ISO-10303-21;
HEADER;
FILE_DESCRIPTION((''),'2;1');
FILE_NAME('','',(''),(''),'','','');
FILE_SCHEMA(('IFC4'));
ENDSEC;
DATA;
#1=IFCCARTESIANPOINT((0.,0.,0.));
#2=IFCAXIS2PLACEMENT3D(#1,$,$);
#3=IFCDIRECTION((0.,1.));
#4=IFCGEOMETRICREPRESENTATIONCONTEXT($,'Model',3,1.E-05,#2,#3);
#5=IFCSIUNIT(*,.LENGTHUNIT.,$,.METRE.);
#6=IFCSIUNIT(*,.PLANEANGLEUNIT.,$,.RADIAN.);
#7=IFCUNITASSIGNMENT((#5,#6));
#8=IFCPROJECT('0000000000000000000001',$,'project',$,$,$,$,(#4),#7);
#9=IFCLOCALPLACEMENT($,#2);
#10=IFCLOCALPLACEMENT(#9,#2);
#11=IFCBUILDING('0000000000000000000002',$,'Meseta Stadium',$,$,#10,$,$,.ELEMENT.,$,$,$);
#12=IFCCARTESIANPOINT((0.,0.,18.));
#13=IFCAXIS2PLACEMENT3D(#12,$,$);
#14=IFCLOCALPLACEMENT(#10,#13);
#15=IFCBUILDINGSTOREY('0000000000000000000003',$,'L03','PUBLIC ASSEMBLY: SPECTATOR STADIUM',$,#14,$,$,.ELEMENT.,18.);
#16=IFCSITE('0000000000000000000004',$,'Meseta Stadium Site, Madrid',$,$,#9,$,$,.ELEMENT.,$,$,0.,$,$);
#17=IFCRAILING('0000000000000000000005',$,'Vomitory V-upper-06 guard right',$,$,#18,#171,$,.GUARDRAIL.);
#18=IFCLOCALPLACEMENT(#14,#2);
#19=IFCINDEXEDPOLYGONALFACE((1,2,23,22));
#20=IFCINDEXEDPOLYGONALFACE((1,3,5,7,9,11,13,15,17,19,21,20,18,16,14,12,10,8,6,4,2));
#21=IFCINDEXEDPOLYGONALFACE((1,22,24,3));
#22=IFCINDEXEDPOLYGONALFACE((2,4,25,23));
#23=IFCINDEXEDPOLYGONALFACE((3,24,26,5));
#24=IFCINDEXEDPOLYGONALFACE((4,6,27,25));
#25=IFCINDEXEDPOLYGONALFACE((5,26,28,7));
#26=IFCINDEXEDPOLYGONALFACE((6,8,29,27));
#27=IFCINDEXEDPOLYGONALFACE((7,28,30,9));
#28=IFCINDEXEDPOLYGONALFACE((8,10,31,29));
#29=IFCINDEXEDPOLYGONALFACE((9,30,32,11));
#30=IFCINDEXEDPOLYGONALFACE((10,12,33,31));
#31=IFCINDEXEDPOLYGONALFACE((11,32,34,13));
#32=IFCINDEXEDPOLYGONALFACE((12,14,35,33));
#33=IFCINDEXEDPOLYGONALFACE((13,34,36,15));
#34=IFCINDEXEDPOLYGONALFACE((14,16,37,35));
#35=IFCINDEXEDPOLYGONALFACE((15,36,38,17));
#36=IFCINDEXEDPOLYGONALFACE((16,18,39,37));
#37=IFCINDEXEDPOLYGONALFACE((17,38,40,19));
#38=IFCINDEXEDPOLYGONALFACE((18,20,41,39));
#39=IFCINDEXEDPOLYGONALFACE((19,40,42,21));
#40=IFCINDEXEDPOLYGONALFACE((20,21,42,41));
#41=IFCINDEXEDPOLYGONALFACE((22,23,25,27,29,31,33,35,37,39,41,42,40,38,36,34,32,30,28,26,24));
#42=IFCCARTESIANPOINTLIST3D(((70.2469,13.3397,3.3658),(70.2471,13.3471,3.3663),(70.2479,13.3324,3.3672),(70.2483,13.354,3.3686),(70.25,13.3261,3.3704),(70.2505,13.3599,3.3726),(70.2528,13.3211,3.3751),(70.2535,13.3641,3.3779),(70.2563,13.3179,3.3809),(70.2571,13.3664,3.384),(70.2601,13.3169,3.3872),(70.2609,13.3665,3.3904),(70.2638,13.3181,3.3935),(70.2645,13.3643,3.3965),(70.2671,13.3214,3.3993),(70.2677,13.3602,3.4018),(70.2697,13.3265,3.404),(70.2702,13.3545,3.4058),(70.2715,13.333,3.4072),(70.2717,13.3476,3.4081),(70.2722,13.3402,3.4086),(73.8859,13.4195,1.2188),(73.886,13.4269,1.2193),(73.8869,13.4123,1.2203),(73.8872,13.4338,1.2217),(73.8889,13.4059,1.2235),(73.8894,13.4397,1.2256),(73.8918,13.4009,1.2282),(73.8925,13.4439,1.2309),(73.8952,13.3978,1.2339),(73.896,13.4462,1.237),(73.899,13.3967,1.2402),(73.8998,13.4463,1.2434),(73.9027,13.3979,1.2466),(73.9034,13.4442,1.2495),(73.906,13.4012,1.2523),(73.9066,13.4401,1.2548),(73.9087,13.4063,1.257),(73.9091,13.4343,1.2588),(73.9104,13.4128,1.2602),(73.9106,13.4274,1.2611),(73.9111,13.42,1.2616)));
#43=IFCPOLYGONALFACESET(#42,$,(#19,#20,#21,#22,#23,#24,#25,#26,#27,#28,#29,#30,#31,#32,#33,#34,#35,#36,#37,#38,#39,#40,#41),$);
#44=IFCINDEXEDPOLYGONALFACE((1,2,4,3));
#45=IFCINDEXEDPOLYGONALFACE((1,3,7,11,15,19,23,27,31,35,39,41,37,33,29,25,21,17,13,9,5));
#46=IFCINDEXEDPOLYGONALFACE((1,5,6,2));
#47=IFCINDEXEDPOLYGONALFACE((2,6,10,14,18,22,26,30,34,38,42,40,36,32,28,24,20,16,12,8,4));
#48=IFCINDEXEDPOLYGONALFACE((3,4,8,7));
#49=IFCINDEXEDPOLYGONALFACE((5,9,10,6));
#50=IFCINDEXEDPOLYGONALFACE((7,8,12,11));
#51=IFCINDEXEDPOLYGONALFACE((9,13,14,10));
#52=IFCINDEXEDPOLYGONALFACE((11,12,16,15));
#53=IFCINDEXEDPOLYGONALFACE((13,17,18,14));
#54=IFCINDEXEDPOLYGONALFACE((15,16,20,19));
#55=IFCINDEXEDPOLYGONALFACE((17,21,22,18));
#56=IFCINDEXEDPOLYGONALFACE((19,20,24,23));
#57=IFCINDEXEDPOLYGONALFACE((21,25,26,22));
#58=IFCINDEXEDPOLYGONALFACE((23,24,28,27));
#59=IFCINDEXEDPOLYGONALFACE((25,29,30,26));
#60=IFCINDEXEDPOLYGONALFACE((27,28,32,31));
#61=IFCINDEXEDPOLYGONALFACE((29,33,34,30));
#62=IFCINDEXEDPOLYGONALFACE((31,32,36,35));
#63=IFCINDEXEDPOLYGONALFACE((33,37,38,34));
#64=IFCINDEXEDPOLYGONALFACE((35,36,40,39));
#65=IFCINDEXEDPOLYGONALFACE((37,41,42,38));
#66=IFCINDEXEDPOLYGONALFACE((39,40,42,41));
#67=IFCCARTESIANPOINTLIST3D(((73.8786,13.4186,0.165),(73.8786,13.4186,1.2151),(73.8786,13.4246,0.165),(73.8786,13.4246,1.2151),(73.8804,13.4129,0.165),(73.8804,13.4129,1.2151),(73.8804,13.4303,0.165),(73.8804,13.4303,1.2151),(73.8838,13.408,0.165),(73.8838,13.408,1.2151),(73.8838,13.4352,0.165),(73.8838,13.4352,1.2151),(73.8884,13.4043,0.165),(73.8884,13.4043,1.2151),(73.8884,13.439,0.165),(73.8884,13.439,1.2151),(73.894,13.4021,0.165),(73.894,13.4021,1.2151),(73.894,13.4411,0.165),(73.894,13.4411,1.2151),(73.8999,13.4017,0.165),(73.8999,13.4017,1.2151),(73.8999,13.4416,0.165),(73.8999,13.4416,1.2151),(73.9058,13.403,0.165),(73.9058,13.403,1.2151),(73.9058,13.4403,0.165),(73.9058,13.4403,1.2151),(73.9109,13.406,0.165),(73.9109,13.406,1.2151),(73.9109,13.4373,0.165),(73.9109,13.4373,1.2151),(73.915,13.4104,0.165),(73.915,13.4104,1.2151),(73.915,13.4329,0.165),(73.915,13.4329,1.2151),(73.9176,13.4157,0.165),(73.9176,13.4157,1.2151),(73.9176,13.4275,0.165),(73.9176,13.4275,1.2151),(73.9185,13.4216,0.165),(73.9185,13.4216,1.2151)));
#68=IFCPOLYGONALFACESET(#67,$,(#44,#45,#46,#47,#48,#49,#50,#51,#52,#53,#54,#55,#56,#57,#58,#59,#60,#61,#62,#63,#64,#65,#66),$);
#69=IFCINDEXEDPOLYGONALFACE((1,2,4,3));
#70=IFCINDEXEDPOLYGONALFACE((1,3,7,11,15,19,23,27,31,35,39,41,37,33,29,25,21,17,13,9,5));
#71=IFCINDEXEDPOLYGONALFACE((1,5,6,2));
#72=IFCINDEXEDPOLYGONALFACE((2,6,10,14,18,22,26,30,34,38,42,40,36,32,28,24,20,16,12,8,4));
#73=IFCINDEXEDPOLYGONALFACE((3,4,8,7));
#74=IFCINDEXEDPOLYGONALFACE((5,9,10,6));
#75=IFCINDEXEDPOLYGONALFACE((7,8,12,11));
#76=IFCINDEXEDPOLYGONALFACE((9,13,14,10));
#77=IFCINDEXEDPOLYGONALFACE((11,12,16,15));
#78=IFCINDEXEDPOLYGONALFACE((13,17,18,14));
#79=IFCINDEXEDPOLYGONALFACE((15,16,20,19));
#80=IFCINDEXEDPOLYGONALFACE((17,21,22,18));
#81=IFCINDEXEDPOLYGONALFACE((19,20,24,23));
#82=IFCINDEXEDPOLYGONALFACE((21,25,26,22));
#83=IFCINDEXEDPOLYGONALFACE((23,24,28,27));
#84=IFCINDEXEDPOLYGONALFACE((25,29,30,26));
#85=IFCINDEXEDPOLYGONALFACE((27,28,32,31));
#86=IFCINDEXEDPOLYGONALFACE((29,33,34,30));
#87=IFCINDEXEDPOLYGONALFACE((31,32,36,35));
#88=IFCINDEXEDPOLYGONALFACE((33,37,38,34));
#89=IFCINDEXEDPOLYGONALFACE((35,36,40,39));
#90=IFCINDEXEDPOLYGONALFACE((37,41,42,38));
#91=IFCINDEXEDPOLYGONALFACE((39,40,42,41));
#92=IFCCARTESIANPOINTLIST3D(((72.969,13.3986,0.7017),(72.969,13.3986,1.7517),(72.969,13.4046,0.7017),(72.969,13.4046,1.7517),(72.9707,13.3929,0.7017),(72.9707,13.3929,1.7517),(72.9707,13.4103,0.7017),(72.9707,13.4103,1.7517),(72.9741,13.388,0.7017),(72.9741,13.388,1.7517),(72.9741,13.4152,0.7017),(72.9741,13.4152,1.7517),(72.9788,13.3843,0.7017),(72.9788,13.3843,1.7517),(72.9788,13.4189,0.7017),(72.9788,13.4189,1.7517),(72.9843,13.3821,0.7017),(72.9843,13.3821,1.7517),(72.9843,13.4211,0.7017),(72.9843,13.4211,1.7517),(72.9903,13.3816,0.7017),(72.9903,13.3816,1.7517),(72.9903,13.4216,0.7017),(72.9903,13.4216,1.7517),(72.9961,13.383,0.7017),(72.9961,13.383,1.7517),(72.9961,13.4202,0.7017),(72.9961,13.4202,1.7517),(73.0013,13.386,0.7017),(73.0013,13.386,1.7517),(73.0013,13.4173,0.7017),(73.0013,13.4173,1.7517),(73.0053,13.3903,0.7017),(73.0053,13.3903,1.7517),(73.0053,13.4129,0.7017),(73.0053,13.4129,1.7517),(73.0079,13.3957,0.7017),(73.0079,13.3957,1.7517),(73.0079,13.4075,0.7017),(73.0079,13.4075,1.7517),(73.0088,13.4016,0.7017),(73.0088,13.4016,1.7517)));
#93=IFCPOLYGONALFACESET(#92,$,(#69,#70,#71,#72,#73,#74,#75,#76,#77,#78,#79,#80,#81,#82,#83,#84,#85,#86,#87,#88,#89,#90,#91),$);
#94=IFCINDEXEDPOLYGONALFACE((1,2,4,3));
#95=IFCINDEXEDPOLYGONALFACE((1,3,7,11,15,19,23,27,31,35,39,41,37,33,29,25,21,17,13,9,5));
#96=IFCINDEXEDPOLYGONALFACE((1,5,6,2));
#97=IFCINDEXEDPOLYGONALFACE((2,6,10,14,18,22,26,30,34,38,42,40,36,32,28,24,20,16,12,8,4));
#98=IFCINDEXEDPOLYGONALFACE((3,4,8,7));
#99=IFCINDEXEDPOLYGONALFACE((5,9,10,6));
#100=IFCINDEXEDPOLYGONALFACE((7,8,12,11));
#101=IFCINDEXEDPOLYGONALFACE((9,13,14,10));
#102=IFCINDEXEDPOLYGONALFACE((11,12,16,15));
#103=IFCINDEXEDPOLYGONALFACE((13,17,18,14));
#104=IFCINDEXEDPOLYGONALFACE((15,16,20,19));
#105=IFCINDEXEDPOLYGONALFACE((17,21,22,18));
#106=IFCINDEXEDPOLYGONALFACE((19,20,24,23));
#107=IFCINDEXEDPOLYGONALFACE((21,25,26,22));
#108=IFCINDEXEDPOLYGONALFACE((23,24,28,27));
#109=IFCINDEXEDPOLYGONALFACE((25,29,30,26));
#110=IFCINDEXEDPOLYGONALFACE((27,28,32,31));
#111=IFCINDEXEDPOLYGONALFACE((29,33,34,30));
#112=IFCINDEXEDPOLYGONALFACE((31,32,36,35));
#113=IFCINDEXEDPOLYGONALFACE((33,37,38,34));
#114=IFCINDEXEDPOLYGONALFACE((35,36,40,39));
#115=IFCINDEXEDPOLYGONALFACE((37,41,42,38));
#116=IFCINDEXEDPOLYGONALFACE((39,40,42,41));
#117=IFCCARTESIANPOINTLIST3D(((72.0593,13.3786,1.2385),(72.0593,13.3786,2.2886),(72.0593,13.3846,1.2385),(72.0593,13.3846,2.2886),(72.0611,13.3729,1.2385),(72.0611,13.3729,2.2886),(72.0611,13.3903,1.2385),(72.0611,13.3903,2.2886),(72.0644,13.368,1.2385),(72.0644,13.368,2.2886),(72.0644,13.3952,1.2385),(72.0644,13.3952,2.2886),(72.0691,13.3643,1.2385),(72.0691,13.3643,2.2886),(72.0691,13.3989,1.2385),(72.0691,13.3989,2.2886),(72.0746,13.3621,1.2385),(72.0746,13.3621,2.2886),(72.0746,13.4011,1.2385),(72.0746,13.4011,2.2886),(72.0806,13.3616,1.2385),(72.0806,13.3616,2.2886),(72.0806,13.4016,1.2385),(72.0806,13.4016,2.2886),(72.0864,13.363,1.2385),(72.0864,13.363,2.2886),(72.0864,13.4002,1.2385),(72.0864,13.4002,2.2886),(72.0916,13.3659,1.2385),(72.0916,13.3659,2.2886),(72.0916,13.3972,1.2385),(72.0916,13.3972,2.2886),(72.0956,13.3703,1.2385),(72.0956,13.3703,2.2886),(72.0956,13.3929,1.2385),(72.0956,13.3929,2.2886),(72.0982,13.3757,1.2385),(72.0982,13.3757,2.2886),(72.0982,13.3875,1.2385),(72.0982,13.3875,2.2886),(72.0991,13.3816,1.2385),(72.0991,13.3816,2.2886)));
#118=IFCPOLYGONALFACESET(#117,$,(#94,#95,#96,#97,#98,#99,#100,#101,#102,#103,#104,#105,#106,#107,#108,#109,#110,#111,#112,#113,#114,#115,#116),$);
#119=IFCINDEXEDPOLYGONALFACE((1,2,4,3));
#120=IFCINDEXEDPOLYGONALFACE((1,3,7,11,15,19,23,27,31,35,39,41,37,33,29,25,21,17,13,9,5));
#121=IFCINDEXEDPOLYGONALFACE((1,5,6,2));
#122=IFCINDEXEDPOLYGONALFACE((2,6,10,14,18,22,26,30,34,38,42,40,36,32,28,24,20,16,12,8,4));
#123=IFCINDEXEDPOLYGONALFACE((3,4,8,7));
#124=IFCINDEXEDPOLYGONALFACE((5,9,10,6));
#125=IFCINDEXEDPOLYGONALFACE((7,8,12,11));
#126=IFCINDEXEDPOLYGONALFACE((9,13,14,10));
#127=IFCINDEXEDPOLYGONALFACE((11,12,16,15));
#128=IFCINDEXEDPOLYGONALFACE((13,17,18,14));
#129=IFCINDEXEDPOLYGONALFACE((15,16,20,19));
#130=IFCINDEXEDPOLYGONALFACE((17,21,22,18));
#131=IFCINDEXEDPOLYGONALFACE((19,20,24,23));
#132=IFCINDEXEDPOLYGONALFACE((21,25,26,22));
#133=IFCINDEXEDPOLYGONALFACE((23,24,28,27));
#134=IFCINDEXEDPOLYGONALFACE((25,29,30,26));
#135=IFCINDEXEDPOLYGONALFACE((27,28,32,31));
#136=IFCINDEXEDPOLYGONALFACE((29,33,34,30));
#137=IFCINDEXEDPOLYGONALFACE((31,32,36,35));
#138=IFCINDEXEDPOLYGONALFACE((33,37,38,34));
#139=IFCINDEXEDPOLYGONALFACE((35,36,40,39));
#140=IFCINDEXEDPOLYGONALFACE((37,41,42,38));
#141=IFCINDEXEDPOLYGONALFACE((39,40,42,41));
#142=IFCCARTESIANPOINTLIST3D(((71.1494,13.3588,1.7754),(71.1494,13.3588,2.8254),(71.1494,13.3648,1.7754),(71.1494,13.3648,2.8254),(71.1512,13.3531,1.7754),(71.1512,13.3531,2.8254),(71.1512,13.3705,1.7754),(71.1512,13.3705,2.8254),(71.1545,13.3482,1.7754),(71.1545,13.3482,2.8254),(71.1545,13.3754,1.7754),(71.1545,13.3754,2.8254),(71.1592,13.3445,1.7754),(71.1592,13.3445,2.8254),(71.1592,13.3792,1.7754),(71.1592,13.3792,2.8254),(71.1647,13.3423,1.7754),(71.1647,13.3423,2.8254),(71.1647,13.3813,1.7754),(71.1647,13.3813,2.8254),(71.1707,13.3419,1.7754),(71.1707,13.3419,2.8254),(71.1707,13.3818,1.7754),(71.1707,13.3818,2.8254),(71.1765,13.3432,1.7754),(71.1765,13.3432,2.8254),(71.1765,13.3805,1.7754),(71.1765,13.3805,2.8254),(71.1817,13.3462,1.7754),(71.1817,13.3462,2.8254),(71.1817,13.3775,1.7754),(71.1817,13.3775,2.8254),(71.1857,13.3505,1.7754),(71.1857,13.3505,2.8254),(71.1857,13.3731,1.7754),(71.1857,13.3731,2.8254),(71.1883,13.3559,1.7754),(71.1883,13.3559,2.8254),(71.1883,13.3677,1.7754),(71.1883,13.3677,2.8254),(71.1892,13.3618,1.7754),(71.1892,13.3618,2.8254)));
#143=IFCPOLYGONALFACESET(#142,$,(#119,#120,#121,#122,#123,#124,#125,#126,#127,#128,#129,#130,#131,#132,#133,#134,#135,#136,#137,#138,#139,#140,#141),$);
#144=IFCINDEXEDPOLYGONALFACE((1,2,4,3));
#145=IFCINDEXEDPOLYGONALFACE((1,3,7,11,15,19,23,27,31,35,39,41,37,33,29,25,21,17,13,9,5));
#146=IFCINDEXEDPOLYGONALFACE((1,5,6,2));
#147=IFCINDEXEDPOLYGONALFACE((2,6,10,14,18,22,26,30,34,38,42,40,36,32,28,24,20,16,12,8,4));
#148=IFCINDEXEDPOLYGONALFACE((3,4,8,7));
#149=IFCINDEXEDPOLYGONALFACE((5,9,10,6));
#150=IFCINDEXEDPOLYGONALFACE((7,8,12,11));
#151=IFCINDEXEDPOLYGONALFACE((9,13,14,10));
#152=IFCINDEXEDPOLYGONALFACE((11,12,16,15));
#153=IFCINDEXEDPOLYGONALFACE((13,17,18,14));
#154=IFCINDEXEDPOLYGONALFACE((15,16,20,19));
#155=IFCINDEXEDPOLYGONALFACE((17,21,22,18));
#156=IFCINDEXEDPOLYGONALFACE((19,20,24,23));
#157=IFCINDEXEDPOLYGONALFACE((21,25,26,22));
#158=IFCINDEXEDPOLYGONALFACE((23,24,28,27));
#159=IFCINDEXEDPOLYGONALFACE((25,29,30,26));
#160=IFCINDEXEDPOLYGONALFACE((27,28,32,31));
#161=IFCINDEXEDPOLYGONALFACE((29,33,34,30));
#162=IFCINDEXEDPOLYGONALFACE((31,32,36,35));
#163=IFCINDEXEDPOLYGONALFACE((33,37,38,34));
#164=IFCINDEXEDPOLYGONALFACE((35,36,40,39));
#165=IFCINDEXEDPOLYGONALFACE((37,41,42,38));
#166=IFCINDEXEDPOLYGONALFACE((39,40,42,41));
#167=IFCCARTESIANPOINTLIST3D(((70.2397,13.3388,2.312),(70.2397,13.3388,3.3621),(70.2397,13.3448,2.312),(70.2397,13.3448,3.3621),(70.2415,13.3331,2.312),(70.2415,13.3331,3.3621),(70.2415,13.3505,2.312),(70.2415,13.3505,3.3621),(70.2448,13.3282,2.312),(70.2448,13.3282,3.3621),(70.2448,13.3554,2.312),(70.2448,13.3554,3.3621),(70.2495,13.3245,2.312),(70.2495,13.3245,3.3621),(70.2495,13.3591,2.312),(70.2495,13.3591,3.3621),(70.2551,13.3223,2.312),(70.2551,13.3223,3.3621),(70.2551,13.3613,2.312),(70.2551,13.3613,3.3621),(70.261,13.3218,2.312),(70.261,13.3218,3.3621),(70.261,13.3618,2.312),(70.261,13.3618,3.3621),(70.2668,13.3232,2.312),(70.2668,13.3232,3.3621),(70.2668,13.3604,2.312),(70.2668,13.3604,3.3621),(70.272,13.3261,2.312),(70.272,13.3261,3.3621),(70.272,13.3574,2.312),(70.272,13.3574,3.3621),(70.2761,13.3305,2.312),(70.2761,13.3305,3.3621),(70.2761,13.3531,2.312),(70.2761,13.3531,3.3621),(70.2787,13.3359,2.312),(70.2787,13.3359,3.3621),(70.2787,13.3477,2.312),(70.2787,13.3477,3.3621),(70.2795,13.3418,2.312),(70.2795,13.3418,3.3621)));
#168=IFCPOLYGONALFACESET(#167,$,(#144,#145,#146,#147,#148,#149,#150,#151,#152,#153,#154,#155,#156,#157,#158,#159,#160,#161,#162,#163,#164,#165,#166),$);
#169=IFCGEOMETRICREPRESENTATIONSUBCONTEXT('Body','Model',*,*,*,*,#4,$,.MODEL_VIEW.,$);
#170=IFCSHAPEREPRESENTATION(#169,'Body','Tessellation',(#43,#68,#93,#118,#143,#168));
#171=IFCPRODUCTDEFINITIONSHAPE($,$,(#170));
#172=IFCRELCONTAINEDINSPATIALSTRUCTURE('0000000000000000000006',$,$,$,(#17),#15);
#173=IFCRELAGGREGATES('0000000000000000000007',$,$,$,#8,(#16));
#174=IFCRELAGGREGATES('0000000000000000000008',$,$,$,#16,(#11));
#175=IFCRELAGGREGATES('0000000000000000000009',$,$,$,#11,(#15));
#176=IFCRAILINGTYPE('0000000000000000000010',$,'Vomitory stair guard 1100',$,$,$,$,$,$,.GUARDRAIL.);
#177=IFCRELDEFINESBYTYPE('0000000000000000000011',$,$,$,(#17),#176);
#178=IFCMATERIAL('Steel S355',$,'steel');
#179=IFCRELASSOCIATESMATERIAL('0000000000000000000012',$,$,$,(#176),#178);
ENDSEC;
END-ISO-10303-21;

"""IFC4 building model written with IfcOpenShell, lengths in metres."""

from ifc_helpers import new_model, si_unit, direction, frame, origin, origin_2d, place, context, subcontext, project, spatial, circle, extrude, material, type_object, element, save


model = new_model("IFC4")

# Units and contexts
model_context = context("Model", 3, precision=1e-05, world=origin(), true_north=direction((0.0, 1.0)))
body_context = subcontext(model_context, "Body", "Model", "MODEL_VIEW")
ifc_project = project(units=[si_unit("LENGTHUNIT", "METRE"), si_unit("PLANEANGLEUNIT", "RADIAN")], contexts=[model_context])

# Site, building, storey
site_placement = place(None, origin())
site = spatial("IfcSite", under=ifc_project, at=site_placement, Name="Meseta Stadium Site, Madrid", CompositionType="ELEMENT", RefElevation=0.0)
building_placement = place(site_placement, origin())
building = spatial("IfcBuilding", under=site, at=building_placement, Name="Meseta Stadium", CompositionType="ELEMENT")
storey_placement = place(building_placement, frame((0.0, 0.0, 18.0)))
storey = spatial("IfcBuildingStorey", under=building, at=storey_placement, Name="L03", Description="PUBLIC ASSEMBLY: SPECTATOR STADIUM", CompositionType="ELEMENT", Elevation=18.0)

# Railing
ifc_material_1 = material(Name="Steel S355", Category="steel")
railing_type_1 = type_object("IfcRailingType", Name="Vomitory stair guard 1100", PredefinedType="GUARDRAIL", material=ifc_material_1)
railing_1_placement = place(storey_placement, frame((73.8984, 13.4216, 0.165)))
element("IfcRailing", 1, at=railing_1_placement, inside=storey, type_object=railing_type_1, Name="Vomitory V-upper-06 guard right", PredefinedType="GUARDRAIL", context=body_context, shape_type="SweptSolid", body=[
    extrude(circle(Radius=0.0249, at=origin_2d()), frame((0.0, 0.0, 1.0752), z_axis=(-0.861114, -0.018892, 0.50806), x_axis=(0.021934, -0.999759, 0.0)), (0.0, 0.0, 1.0), 4.2258),
    extrude(circle(Radius=0.02, at=origin_2d()), origin(), (0.0, 0.0, 1.0), 1.05),
    extrude(circle(Radius=0.02, at=origin_2d()), frame((-0.9097, -0.02, 0.5366)), (0.0, 0.0, 1.0), 1.05),
    extrude(circle(Radius=0.02, at=origin_2d()), frame((-1.8193, -0.04, 1.0735)), (0.0, 0.0, 1.0), 1.05),
    extrude(circle(Radius=0.02, at=origin_2d()), frame((-2.7292, -0.0598, 1.6104)), (0.0, 0.0, 1.0), 1.05),
    extrude(circle(Radius=0.02, at=origin_2d()), frame((-3.6389, -0.0798, 2.147)), (0.0, 0.0, 1.0), 1.05),
])

save(model, "model.ifc")
